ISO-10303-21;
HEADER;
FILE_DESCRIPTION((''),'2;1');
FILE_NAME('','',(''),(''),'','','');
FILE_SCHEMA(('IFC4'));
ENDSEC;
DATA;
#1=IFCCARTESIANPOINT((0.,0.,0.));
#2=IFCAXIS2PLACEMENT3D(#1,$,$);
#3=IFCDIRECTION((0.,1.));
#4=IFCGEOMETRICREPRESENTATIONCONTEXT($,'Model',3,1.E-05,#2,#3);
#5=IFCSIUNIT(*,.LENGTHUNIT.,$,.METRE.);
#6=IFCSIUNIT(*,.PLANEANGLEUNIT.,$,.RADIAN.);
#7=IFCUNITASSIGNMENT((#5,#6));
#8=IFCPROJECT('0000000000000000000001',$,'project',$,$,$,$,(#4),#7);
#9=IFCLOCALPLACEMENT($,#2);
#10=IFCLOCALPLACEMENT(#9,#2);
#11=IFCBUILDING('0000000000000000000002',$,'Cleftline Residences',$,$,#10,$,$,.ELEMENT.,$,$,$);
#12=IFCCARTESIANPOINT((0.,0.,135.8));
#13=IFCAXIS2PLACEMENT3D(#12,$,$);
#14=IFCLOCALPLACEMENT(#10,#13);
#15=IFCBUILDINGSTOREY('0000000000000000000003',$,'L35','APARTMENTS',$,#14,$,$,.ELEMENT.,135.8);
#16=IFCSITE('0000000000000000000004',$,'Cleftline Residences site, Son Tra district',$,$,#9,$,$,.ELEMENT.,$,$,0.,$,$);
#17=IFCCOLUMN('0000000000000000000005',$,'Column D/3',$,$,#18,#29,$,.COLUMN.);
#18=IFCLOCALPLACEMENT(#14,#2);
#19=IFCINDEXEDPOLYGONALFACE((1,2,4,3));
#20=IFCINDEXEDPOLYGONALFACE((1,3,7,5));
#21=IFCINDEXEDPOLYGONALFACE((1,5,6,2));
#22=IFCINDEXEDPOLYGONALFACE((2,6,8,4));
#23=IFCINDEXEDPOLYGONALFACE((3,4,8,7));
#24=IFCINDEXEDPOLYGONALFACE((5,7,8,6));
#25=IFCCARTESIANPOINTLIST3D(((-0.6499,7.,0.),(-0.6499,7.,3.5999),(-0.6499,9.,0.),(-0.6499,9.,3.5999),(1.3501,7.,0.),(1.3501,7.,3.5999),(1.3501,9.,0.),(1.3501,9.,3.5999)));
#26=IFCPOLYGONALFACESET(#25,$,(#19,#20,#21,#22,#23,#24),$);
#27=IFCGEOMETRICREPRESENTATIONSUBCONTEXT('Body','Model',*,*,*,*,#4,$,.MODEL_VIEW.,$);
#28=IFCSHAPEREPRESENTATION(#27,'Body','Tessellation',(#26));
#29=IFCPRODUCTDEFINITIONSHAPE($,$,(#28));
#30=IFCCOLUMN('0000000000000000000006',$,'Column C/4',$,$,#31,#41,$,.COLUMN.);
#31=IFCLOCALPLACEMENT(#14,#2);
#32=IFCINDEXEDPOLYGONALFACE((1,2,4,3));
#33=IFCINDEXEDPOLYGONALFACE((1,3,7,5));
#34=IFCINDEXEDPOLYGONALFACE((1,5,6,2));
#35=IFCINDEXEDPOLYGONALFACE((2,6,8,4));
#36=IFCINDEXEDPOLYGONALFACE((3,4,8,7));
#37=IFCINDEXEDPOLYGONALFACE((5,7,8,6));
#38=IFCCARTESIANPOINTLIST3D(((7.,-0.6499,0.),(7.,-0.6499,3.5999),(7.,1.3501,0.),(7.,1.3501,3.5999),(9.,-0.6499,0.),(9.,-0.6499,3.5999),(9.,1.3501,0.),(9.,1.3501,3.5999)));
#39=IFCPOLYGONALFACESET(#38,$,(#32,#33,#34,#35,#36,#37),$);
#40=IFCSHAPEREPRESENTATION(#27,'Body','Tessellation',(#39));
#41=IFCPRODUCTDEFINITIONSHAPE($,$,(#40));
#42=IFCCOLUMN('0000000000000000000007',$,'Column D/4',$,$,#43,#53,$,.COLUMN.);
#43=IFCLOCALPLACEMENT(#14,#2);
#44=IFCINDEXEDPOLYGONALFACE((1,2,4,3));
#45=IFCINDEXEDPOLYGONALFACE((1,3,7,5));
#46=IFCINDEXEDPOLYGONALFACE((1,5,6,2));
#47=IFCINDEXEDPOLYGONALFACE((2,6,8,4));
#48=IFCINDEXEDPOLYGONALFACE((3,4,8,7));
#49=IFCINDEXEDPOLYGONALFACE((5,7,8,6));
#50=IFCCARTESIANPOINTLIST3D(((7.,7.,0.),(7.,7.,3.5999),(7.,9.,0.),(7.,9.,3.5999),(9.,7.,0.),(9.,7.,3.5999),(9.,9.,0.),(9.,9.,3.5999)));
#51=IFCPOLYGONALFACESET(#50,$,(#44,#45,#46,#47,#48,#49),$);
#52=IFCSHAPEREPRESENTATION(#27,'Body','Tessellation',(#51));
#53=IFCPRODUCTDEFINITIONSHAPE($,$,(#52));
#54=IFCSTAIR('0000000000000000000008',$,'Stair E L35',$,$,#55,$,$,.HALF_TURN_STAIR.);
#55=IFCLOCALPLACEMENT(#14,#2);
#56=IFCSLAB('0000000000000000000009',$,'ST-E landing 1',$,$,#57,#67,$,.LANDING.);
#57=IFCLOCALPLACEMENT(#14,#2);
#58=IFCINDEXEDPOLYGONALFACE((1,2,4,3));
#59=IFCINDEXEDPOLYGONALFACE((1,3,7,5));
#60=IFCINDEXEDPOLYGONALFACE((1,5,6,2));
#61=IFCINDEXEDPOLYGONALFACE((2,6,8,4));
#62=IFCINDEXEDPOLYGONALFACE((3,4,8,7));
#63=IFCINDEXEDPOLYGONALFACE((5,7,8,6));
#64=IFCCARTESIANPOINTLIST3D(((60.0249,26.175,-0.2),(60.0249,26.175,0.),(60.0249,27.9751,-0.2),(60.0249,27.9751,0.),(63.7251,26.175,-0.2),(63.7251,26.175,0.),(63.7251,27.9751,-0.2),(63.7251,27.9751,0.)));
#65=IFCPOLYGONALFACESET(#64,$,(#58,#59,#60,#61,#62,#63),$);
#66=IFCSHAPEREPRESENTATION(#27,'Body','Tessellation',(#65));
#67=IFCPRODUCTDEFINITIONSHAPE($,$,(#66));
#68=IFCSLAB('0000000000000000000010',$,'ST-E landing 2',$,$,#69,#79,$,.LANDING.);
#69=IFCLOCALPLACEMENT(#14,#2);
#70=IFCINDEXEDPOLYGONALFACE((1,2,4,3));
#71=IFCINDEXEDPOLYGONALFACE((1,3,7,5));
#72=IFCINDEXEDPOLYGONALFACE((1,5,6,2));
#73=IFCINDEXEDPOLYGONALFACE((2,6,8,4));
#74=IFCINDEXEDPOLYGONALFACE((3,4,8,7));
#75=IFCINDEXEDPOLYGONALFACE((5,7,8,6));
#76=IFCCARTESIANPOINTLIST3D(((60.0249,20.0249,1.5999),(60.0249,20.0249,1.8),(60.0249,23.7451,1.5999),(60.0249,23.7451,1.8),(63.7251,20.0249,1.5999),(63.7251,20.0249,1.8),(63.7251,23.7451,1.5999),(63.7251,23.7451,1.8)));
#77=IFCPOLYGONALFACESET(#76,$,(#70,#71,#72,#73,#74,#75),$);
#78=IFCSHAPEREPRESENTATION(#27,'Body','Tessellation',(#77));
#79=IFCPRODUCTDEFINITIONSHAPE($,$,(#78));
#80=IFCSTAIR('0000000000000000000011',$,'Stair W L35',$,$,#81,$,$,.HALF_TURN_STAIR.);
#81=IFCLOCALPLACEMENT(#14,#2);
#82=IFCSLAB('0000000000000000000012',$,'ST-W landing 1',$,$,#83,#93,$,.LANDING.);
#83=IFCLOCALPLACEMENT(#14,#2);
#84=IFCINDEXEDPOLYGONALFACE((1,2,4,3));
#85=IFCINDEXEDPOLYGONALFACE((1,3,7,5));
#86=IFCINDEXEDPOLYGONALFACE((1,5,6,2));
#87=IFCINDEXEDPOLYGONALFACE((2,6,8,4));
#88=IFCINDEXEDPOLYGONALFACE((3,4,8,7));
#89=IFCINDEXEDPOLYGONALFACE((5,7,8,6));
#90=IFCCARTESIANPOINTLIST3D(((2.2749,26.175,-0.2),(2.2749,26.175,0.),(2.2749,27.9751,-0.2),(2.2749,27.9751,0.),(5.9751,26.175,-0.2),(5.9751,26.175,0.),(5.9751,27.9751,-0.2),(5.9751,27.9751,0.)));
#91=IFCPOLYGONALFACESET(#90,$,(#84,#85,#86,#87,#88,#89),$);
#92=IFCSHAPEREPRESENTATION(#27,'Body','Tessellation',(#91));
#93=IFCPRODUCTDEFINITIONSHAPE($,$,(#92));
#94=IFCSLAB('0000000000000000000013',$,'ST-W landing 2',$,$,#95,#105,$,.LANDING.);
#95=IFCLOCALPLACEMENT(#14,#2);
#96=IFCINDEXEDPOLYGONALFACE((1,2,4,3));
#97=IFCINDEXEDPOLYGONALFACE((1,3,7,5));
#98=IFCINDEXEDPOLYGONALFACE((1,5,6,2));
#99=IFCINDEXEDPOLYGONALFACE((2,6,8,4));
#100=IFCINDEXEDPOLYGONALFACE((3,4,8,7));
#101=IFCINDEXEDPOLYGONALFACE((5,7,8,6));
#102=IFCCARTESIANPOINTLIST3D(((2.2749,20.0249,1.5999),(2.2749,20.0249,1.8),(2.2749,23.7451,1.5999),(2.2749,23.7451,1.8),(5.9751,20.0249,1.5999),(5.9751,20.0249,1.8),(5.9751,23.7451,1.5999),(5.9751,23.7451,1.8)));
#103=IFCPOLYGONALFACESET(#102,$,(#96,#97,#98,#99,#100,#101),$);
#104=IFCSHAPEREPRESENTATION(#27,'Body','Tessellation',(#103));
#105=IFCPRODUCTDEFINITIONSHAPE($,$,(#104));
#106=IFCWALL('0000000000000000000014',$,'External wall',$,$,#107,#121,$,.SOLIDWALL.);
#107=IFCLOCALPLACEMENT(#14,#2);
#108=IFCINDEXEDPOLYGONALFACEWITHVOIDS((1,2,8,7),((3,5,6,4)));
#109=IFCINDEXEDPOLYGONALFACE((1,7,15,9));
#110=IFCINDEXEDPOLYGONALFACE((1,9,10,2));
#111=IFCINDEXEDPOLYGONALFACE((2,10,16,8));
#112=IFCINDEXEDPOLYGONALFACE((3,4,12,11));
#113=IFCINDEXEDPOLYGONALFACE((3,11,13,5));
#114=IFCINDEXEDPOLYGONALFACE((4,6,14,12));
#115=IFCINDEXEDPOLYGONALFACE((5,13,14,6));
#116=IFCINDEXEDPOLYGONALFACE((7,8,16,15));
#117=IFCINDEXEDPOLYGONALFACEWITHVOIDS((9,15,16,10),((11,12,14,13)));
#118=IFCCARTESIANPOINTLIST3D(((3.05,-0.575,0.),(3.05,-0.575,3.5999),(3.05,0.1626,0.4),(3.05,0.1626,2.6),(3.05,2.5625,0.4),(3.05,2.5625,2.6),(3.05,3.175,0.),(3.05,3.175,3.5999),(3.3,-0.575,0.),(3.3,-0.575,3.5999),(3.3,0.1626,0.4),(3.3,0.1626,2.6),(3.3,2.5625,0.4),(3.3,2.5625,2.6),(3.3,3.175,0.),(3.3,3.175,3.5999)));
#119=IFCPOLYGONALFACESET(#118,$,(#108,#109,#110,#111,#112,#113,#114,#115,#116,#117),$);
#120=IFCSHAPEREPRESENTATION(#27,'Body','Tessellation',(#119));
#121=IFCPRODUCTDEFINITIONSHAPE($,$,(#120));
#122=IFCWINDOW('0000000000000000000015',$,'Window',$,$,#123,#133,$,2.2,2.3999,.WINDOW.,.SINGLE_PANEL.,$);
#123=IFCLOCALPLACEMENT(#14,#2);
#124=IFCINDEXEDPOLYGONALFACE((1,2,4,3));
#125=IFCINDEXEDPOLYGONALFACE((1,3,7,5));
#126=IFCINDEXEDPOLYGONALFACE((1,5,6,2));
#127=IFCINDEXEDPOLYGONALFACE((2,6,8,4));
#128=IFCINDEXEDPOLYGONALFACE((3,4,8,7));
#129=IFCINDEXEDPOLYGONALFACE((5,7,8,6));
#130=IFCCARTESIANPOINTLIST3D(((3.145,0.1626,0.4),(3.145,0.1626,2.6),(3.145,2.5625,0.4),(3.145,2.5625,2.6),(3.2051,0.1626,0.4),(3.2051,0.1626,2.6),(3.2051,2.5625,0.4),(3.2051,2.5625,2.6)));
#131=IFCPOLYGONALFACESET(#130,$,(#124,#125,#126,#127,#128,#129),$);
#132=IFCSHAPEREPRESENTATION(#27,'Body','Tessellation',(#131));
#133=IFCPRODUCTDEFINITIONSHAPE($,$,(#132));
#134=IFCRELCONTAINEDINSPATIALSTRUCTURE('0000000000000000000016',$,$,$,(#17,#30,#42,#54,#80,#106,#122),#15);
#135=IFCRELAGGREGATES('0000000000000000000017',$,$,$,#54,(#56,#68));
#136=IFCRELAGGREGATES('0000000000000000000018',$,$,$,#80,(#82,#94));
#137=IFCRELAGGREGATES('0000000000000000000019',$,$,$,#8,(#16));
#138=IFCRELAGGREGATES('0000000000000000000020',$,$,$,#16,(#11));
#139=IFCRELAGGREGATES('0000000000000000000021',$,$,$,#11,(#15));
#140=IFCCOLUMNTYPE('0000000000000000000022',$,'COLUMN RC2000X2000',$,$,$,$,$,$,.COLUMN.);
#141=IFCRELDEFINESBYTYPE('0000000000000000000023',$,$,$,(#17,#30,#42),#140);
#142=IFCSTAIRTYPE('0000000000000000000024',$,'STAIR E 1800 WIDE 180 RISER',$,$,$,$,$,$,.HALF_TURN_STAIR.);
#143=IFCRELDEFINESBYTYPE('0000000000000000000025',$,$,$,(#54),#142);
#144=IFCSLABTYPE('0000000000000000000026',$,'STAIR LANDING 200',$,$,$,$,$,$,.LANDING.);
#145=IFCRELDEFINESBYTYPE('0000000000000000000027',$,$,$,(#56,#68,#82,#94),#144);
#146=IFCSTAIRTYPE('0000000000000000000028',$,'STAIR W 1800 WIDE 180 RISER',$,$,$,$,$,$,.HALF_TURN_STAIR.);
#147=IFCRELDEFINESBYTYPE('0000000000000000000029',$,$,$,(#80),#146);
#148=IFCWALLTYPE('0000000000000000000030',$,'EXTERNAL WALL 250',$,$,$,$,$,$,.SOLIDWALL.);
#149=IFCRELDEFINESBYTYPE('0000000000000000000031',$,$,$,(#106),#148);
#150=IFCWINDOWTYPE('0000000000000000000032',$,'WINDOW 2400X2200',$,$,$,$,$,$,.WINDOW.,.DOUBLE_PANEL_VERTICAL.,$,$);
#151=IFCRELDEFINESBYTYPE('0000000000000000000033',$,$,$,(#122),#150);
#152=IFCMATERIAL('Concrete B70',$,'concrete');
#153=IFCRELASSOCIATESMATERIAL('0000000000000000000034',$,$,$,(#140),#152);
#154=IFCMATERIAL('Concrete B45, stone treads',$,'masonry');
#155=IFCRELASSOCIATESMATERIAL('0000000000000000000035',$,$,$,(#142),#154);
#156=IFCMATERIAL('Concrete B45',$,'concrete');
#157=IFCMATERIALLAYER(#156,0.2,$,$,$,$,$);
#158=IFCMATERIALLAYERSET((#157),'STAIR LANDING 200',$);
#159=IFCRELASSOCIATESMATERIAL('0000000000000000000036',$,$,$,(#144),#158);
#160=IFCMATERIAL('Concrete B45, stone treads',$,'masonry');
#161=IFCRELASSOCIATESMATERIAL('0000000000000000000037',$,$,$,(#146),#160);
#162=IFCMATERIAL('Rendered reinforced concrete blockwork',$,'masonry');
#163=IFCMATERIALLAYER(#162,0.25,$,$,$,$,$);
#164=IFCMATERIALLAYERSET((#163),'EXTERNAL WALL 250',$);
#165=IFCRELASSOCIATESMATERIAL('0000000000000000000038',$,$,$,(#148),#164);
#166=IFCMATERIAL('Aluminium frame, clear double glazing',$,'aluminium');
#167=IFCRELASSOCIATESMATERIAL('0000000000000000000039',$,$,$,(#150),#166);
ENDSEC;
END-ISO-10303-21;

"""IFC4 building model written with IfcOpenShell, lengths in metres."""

from ifc_helpers import new_model, si_unit, direction, frame, frame_2d, origin, origin_2d, place, context, subcontext, project, spatial, polyline, rectangle, outline, extrude, material, layer, layer_set, material_profile, profile_set, type_object, element, fill, aggregate, save


model = new_model("IFC4")

# Units and contexts
model_context = context("Model", 3, precision=1e-05, world=origin(), true_north=direction((0.0, 1.0)))
body_context = subcontext(model_context, "Body", "Model", "MODEL_VIEW")
ifc_project = project(units=[si_unit("LENGTHUNIT", "METRE"), si_unit("PLANEANGLEUNIT", "RADIAN")], contexts=[model_context])

# Site, building, storey
site_placement = place(None, origin())
site = spatial("IfcSite", under=ifc_project, at=site_placement, Name="Cleftline Residences site, Son Tra district", CompositionType="ELEMENT", RefElevation=0.0)
building_placement = place(site_placement, origin())
building = spatial("IfcBuilding", under=site, at=building_placement, Name="Cleftline Residences", CompositionType="ELEMENT")
storey_placement = place(building_placement, frame((0.0, 0.0, 135.8)))
storey = spatial("IfcBuildingStorey", under=building, at=storey_placement, Name="L35", Description="APARTMENTS", CompositionType="ELEMENT", Elevation=135.8)

# Columns
ifc_material_1 = material(Name="Concrete B70", Category="concrete")
ifc_material_profile = material_profile(ifc_material_1, rectangle(XDim=2.0, YDim=2.0, at=origin_2d()))
ifc_profile_set = profile_set([ifc_material_profile], Name="Concrete B70")
column_type = type_object("IfcColumnType", Name="COLUMN RC2000X2000", PredefinedType="COLUMN", material=ifc_profile_set)
for number, where, z_axis, x_axis, name in (
    (1, (0.3501, 8.0, 0.0), (0.0, 0.0, 1.0), (1.0, 0.0, 0.0), "Column D/3"),
    (2, (8.0, 0.3501, 0.0), (0.0, 0.0, 1.0), (1.0, 0.0, 0.0), "Column C/4"),
    (3, (8.0, 8.0, 0.0), (0.0, 0.0, 1.0), (1.0, 0.0, 0.0), "Column D/4"),
):
    element("IfcColumn", number, at=place(storey_placement, frame(where, z_axis=z_axis, x_axis=x_axis)), inside=storey, type_object=column_type, Name=name, PredefinedType="COLUMN", context=body_context, shape_type="SweptSolid", body=[
        extrude(rectangle(XDim=2.0, YDim=2.0, at=origin_2d()), origin(), (0.0, 0.0, 1.0), 3.5999),
    ])

# Stairs, slabs
ifc_material_2 = material(Name="Concrete B45, stone treads", Category="masonry")
stair_type_1 = type_object("IfcStairType", Name="STAIR E 1800 WIDE 180 RISER", PredefinedType="HALF_TURN_STAIR", material=ifc_material_2)
stair_1_placement = place(storey_placement, origin())
stair_1 = element("IfcStair", 4, at=stair_1_placement, inside=storey, type_object=stair_type_1, Name="Stair E L35", PredefinedType="HALF_TURN_STAIR")
ifc_material_3 = material(Name="Concrete B45", Category="concrete")
ifc_layer_1 = layer(ifc_material_3, 0.2)
ifc_layer_set_1 = layer_set([ifc_layer_1], Name="STAIR LANDING 200")
slab_type = type_object("IfcSlabType", Name="STAIR LANDING 200", PredefinedType="LANDING", material=ifc_layer_set_1)
slab_1_placement = place(storey_placement, frame((0.0, 0.0, -0.2)))
slab_1 = element("IfcSlab", 5, at=slab_1_placement, type_object=slab_type, Name="ST-E landing 1", PredefinedType="LANDING", context=body_context, shape_type="SweptSolid", body=[
    extrude(outline(polyline([(60.0249, 26.175), (63.7251, 26.175), (63.7251, 27.9751), (60.0249, 27.9751), (60.0249, 26.175)])), origin(), (0.0, 0.0, 1.0), 0.2),
])
slab_2_placement = place(storey_placement, frame((0.0, 0.0, 1.5999)))
slab_2 = element("IfcSlab", 6, at=slab_2_placement, type_object=slab_type, Name="ST-E landing 2", PredefinedType="LANDING", context=body_context, shape_type="SweptSolid", body=[
    extrude(outline(polyline([(60.0249, 20.0249), (63.7251, 20.0249), (63.7251, 23.7451), (60.0249, 23.7451), (60.0249, 20.0249)])), origin(), (0.0, 0.0, 1.0), 0.2002),
])
aggregate(stair_1, [slab_1, slab_2])
ifc_material_4 = material(Name="Concrete B45, stone treads", Category="masonry")
stair_type_2 = type_object("IfcStairType", Name="STAIR W 1800 WIDE 180 RISER", PredefinedType="HALF_TURN_STAIR", material=ifc_material_4)
stair_2_placement = place(storey_placement, origin())
stair_2 = element("IfcStair", 7, at=stair_2_placement, inside=storey, type_object=stair_type_2, Name="Stair W L35", PredefinedType="HALF_TURN_STAIR")
slab_3_placement = place(storey_placement, frame((0.0, 0.0, -0.2)))
slab_3 = element("IfcSlab", 8, at=slab_3_placement, type_object=slab_type, Name="ST-W landing 1", PredefinedType="LANDING", context=body_context, shape_type="SweptSolid", body=[
    extrude(outline(polyline([(2.2749, 26.175), (5.9751, 26.175), (5.9751, 27.9751), (2.2749, 27.9751), (2.2749, 26.175)])), origin(), (0.0, 0.0, 1.0), 0.2),
])
slab_4_placement = place(storey_placement, frame((0.0, 0.0, 1.5999)))
slab_4 = element("IfcSlab", 9, at=slab_4_placement, type_object=slab_type, Name="ST-W landing 2", PredefinedType="LANDING", context=body_context, shape_type="SweptSolid", body=[
    extrude(outline(polyline([(2.2749, 20.0249), (5.9751, 20.0249), (5.9751, 23.7451), (2.2749, 23.7451), (2.2749, 20.0249)])), origin(), (0.0, 0.0, 1.0), 0.2002),
])
aggregate(stair_2, [slab_3, slab_4])

# Wall, opening, window
ifc_material_5 = material(Name="Rendered reinforced concrete blockwork", Category="masonry")
ifc_layer_2 = layer(ifc_material_5, 0.25)
ifc_layer_set_2 = layer_set([ifc_layer_2], Name="EXTERNAL WALL 250")
wall_type_1 = type_object("IfcWallType", Name="EXTERNAL WALL 250", PredefinedType="SOLIDWALL", material=ifc_layer_set_2)
wall_1_placement = place(storey_placement, frame((3.175, 3.175, 0.0), z_axis=(0.0, 0.0, 1.0), x_axis=(0.0, -1.0, 0.0)))
wall_1 = element("IfcWall", 10, at=wall_1_placement, inside=storey, type_object=wall_type_1, Name="External wall", PredefinedType="SOLIDWALL", context=body_context, shape_type="SweptSolid", body=[
    extrude(rectangle(XDim=3.75, YDim=0.25, at=frame_2d((1.875, 0.0))), origin(), (0.0, 0.0, 1.0), 3.5999),
])
opening_1_placement = place(wall_1_placement, frame((0.6125, 0.0, 0.3999)))
opening_1 = element("IfcOpeningElement", 11, at=opening_1_placement, cuts=wall_1, PredefinedType="OPENING", context=body_context, shape_type="SweptSolid", body=[
    extrude(rectangle(XDim=2.3999, YDim=2.2, at=frame_2d((1.2, 1.1001))), frame((0.0, 0.135, 0.0), z_axis=(0.0, -1.0, 0.0), x_axis=(1.0, 0.0, 0.0)), (0.0, 0.0, 1.0), 0.27),
])
ifc_material_6 = material(Name="Aluminium frame, clear double glazing", Category="aluminium")
window_type_1 = type_object("IfcWindowType", Name="WINDOW 2400X2200", PartitioningType="DOUBLE_PANEL_VERTICAL", PredefinedType="WINDOW", material=ifc_material_6)
window_1_placement = place(opening_1_placement, origin())
window_1 = element("IfcWindow", 12, at=window_1_placement, inside=storey, type_object=window_type_1, Name="Window", OverallHeight=2.2, OverallWidth=2.3999, PartitioningType="SINGLE_PANEL", PredefinedType="WINDOW", context=body_context, shape_type="SweptSolid", body=[
    extrude(rectangle(XDim=2.3999, YDim=2.2, at=frame_2d((1.2, 1.1001))), frame((0.0, 0.03, 0.0), z_axis=(0.0, -1.0, 0.0), x_axis=(1.0, 0.0, 0.0)), (0.0, 0.0, 1.0), 0.0601),
])
fill(opening_1, window_1)

save(model, "model.ifc")
